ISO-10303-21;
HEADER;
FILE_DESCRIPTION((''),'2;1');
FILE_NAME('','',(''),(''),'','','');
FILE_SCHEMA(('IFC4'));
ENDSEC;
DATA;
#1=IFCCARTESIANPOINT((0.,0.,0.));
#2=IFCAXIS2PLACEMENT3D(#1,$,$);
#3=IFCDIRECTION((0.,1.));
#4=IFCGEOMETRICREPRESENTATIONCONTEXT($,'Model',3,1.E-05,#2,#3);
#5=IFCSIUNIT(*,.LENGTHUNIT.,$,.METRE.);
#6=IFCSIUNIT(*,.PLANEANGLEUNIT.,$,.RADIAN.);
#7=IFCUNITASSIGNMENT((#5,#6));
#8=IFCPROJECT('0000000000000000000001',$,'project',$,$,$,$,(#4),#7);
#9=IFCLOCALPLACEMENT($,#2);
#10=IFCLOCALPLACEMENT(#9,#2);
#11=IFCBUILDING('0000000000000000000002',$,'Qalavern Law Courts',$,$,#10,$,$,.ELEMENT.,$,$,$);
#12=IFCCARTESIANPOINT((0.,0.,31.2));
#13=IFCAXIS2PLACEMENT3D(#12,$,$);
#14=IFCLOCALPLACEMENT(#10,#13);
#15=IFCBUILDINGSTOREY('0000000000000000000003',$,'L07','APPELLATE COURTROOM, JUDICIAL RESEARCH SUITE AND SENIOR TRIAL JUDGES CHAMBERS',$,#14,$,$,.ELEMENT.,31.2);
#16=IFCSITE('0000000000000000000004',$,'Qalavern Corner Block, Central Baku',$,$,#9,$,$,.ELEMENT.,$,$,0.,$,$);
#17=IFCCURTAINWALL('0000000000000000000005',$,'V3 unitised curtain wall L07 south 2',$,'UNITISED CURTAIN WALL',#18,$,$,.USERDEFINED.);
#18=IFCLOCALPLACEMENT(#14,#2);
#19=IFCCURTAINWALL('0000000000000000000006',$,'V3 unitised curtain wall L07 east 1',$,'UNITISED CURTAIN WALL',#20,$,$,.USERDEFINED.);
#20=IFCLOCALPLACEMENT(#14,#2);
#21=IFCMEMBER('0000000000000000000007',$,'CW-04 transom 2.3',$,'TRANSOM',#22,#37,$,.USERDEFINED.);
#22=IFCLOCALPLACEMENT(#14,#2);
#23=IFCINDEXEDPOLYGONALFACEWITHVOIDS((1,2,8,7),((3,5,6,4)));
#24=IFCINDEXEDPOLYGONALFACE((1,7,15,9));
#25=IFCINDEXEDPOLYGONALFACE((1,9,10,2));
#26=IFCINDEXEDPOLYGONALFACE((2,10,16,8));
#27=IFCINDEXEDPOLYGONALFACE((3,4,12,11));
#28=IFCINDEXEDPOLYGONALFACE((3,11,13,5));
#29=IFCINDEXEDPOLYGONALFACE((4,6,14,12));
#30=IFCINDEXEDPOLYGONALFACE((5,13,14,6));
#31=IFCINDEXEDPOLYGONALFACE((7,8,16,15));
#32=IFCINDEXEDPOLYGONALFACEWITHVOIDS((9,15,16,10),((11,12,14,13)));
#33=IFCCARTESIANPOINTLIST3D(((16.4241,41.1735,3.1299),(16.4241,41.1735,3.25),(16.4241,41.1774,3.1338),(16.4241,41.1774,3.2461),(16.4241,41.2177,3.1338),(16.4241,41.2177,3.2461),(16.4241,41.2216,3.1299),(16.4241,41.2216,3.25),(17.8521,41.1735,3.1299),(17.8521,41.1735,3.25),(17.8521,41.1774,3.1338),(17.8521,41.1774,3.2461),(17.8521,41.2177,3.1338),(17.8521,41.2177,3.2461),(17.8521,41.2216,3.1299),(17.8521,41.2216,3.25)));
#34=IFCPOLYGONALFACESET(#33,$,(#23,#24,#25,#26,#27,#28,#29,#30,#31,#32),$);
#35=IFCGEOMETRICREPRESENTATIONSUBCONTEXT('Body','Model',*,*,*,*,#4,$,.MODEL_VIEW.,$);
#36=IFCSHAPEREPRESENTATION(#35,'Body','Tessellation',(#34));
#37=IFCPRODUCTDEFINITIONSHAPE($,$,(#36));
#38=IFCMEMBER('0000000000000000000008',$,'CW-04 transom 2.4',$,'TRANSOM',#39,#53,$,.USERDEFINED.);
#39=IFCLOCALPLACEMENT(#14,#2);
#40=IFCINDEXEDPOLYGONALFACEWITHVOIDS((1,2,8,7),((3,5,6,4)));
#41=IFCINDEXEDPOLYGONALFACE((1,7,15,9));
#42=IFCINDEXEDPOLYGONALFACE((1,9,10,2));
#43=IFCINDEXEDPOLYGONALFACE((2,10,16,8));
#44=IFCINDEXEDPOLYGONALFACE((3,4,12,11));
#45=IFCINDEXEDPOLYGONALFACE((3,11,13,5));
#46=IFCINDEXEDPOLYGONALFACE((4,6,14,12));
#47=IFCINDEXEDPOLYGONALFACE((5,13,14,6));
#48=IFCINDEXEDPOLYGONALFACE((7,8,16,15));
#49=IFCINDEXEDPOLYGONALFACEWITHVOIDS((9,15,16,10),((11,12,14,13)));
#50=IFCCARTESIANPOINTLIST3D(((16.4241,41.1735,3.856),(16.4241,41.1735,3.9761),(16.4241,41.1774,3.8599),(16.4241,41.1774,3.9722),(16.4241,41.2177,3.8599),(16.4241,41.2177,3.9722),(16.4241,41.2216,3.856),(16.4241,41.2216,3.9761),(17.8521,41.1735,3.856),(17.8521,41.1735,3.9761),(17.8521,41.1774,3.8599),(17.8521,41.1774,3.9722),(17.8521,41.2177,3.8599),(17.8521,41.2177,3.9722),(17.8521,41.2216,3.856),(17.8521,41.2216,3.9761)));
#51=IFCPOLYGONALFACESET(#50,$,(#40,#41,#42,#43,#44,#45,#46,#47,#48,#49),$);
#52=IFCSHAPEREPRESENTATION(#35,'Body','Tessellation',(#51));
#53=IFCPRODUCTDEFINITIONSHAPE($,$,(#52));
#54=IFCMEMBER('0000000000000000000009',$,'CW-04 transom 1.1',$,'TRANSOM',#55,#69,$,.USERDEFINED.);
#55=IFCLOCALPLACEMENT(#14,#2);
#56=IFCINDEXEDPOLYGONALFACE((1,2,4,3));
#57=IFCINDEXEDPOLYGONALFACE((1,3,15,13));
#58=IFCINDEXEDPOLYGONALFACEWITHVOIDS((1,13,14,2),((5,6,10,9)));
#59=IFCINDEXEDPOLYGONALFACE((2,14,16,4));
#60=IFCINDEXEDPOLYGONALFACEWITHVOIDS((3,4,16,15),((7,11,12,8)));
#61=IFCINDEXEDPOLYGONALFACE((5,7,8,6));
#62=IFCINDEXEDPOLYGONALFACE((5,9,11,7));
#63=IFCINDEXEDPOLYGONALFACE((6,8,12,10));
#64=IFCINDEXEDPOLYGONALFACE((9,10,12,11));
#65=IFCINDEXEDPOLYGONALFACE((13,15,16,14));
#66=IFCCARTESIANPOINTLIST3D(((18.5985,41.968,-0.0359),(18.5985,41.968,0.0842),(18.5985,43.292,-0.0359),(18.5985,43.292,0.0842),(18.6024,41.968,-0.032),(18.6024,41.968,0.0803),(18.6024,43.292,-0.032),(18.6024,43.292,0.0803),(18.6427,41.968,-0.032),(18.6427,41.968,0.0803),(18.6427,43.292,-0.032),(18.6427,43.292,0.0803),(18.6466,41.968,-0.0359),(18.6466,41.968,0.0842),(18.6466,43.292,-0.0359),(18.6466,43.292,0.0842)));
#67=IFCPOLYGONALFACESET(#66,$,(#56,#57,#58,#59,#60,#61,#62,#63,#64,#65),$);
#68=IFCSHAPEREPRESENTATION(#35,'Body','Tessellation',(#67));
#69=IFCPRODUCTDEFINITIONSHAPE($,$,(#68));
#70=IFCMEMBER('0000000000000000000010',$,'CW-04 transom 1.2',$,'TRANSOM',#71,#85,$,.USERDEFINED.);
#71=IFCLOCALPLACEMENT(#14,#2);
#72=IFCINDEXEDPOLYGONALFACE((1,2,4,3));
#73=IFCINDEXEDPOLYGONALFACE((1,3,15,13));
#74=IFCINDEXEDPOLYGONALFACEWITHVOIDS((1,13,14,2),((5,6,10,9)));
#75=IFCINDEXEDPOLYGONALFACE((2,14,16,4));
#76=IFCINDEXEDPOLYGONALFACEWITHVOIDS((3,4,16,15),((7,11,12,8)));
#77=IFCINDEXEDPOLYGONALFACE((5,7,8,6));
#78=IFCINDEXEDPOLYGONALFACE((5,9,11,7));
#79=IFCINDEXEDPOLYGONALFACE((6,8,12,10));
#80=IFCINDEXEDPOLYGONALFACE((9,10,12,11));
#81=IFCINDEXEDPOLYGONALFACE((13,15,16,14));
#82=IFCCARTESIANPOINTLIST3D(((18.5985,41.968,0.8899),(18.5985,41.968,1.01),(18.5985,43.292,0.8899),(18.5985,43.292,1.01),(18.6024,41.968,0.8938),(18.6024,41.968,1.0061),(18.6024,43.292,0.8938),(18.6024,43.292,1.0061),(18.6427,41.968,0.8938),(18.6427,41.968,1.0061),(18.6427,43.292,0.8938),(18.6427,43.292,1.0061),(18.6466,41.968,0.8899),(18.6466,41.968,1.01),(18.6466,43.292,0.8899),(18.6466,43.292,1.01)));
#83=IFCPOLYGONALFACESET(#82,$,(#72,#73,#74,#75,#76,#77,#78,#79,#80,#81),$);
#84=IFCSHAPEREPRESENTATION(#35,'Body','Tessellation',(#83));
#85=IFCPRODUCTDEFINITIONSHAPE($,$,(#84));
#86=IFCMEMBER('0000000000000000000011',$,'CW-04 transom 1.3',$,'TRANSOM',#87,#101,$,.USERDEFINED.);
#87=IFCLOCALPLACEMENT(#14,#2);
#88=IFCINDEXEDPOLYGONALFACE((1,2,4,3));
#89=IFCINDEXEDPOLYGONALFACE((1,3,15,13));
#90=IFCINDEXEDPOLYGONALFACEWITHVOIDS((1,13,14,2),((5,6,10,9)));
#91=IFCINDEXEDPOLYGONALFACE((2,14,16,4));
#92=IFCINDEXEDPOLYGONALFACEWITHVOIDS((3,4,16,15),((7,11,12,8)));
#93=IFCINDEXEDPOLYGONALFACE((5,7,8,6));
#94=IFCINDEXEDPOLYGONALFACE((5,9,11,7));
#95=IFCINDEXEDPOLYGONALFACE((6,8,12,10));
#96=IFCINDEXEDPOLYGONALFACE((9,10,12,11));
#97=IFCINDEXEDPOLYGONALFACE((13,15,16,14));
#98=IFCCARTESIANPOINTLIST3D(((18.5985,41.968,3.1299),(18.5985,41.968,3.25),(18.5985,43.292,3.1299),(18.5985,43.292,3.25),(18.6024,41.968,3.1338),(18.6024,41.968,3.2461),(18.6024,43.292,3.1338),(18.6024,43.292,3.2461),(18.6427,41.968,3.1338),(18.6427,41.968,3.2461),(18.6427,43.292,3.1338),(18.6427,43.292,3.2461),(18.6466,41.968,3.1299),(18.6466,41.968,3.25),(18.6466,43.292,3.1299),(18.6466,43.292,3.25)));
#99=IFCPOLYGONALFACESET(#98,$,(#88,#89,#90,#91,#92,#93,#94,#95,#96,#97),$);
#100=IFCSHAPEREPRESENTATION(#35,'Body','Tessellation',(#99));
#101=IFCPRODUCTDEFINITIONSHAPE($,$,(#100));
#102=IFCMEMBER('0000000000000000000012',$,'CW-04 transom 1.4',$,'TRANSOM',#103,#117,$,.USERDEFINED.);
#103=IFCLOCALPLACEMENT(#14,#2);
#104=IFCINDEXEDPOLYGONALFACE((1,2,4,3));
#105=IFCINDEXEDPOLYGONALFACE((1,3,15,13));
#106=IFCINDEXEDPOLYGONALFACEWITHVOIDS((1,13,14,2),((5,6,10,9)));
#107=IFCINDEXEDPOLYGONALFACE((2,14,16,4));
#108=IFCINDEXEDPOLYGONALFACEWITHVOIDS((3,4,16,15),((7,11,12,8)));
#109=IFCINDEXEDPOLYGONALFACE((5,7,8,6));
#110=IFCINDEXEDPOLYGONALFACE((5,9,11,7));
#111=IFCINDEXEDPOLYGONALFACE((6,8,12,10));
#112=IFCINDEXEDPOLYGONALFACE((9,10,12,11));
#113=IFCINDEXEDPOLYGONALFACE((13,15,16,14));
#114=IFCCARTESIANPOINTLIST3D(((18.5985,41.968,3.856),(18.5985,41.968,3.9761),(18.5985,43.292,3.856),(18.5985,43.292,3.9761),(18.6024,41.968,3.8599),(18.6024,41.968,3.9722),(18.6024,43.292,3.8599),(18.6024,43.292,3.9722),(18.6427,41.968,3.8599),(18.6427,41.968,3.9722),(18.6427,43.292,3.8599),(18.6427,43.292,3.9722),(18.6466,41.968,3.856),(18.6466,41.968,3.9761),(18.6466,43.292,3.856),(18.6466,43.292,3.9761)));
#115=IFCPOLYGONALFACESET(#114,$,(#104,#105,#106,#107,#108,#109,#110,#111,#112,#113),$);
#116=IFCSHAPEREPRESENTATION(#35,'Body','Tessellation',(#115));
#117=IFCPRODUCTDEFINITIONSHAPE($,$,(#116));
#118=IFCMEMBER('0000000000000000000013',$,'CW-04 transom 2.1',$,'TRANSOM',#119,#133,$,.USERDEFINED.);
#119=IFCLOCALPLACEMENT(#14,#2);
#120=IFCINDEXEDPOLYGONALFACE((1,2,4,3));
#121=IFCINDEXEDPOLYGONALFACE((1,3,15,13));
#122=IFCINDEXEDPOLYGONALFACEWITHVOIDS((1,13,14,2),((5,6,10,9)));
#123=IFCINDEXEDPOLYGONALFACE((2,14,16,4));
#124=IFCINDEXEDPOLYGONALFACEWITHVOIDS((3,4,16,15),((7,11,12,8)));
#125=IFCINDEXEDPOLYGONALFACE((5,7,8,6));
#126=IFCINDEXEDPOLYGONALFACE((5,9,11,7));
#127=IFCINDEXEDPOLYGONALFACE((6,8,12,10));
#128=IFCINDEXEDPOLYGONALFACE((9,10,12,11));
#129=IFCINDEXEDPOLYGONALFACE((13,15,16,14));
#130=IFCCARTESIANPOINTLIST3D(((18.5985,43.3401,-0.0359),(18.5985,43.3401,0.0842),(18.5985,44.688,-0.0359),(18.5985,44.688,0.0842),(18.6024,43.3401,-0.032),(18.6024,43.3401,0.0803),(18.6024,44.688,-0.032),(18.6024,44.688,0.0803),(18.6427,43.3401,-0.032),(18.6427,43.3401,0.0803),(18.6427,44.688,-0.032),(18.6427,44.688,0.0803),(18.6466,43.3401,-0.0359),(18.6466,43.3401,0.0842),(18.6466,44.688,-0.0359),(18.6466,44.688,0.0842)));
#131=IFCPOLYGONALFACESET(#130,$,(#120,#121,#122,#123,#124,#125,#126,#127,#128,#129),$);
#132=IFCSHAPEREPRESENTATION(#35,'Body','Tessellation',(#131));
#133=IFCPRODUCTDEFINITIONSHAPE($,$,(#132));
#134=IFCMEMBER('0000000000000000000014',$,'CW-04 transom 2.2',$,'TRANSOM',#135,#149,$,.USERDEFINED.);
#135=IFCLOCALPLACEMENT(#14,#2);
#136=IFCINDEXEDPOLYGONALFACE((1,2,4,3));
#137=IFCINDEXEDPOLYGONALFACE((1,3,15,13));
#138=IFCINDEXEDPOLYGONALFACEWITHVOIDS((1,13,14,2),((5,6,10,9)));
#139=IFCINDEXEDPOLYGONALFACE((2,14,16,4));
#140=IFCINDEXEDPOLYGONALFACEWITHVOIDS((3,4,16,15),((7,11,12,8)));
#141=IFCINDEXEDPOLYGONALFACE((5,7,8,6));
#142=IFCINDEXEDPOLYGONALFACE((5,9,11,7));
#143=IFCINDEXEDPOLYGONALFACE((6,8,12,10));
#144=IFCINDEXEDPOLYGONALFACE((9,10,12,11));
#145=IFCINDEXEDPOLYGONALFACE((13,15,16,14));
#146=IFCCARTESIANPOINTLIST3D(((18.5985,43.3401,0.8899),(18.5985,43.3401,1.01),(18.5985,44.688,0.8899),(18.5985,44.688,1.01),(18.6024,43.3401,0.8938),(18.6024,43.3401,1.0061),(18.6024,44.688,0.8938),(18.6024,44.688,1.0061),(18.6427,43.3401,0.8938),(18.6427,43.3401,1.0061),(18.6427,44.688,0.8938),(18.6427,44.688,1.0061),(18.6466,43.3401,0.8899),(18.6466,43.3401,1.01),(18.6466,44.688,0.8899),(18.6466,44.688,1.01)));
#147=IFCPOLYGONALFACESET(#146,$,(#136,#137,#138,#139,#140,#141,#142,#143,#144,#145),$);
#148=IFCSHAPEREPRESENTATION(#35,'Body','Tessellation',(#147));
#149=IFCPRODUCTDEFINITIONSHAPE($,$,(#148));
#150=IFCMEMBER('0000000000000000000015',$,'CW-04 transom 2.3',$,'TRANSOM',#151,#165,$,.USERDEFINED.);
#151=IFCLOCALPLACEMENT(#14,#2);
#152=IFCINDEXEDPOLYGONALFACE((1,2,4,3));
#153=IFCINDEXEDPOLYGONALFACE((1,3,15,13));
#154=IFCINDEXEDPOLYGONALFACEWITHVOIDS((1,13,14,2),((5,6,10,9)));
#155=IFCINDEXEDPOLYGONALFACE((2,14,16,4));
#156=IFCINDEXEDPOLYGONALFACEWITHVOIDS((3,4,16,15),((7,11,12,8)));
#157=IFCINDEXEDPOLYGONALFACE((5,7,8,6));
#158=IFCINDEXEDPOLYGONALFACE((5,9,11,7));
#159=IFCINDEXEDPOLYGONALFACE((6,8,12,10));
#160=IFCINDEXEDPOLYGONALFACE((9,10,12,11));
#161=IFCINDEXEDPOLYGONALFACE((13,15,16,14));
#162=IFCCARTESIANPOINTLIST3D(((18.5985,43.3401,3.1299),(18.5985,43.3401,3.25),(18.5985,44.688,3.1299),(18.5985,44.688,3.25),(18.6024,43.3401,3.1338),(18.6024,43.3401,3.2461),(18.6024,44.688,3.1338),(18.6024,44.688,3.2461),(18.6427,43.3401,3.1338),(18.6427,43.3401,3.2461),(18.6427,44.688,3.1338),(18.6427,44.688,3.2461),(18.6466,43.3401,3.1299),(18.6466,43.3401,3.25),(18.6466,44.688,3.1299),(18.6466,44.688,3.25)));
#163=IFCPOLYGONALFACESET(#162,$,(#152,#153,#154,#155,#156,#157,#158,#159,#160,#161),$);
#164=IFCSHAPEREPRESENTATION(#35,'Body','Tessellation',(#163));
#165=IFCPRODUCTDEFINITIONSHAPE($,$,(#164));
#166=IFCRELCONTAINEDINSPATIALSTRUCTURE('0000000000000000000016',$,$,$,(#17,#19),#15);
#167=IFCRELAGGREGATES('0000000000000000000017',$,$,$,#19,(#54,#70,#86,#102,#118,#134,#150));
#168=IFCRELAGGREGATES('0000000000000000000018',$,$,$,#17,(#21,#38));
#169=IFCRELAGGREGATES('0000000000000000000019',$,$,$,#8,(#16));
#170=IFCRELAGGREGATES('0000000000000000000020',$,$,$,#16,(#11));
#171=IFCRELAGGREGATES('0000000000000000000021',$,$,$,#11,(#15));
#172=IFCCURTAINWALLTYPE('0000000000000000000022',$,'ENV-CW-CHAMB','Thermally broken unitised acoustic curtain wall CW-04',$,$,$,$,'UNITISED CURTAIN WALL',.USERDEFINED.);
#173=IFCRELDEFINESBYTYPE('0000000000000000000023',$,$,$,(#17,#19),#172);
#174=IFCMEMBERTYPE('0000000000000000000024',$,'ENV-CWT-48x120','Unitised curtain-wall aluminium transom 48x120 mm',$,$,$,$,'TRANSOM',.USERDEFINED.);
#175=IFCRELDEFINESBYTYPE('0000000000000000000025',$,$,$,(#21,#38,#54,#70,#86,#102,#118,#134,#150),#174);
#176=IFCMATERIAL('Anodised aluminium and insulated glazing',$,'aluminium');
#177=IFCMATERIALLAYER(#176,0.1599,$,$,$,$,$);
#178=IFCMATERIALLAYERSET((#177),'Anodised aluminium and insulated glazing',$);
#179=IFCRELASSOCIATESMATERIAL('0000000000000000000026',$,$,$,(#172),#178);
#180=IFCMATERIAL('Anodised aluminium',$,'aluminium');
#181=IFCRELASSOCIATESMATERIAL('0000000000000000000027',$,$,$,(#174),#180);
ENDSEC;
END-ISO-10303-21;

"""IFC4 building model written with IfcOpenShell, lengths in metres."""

from ifc_helpers import new_model, si_unit, direction, frame, origin, origin_2d, place, context, subcontext, project, spatial, hollow_rectangle, extrude, material, layer, layer_set, material_profile, profile_set, type_object, element, aggregate, save


model = new_model("IFC4")

# Units and contexts
model_context = context("Model", 3, precision=1e-05, world=origin(), true_north=direction((0.0, 1.0)))
body_context = subcontext(model_context, "Body", "Model", "MODEL_VIEW")
ifc_project = project(units=[si_unit("LENGTHUNIT", "METRE"), si_unit("PLANEANGLEUNIT", "RADIAN")], contexts=[model_context])

# Site, building, storey
site_placement = place(None, origin())
site = spatial("IfcSite", under=ifc_project, at=site_placement, Name="Qalavern Corner Block, Central Baku", CompositionType="ELEMENT", RefElevation=0.0)
building_placement = place(site_placement, origin())
building = spatial("IfcBuilding", under=site, at=building_placement, Name="Qalavern Law Courts", CompositionType="ELEMENT")
storey_placement = place(building_placement, frame((0.0, 0.0, 31.2)))
storey = spatial("IfcBuildingStorey", under=building, at=storey_placement, Name="L07", Description="APPELLATE COURTROOM, JUDICIAL RESEARCH SUITE AND SENIOR TRIAL JUDGES CHAMBERS", CompositionType="ELEMENT", Elevation=31.2)

# Curtain walls
ifc_material_1 = material(Name="Anodised aluminium and insulated glazing", Category="aluminium")
ifc_layer_1 = layer(ifc_material_1, 0.1599)
ifc_layer_set_1 = layer_set([ifc_layer_1], Name="Anodised aluminium and insulated glazing")
curtain_wall_type = type_object("IfcCurtainWallType", Name="ENV-CW-CHAMB", Description="Thermally broken unitised acoustic curtain wall CW-04", ElementType="UNITISED CURTAIN WALL", PredefinedType="USERDEFINED", material=ifc_layer_set_1)
curtain_wall_1_placement = place(storey_placement, origin())
curtain_wall_1 = element("IfcCurtainWall", 1, at=curtain_wall_1_placement, inside=storey, type_object=curtain_wall_type, Name="V3 unitised curtain wall L07 south 2", ObjectType="UNITISED CURTAIN WALL", PredefinedType="USERDEFINED")
ifc_material_2 = material(Name="Anodised aluminium", Category="aluminium")
curtain_wall_2_placement = place(storey_placement, origin())
curtain_wall_2 = element("IfcCurtainWall", 2, at=curtain_wall_2_placement, inside=storey, type_object=curtain_wall_type, Name="V3 unitised curtain wall L07 east 1", ObjectType="UNITISED CURTAIN WALL", PredefinedType="USERDEFINED")

# Members
ifc_material_profile_1 = material_profile(ifc_material_2, hollow_rectangle(XDim=0.0481, YDim=0.1201, WallThickness=0.0039, at=origin_2d()), Name="ALU TRANSOM 48x120")
ifc_profile_set_1 = profile_set([ifc_material_profile_1], Name="Anodised aluminium")
member_type_1 = type_object("IfcMemberType", Name="ENV-CWT-48x120", Description="Unitised curtain-wall aluminium transom 48x120 mm", ElementType="TRANSOM", PredefinedType="USERDEFINED", material=ifc_profile_set_1)
member_1_placement = place(storey_placement, frame((16.4241, 41.1975, 3.1899), z_axis=(1.0, 0.0, 0.0), x_axis=(0.0, 1.0, 0.0)))
member_1 = element("IfcMember", 3, at=member_1_placement, type_object=member_type_1, Name="CW-04 transom 2.3", ObjectType="TRANSOM", PredefinedType="USERDEFINED", context=body_context, shape_type="SweptSolid", body=[
    extrude(hollow_rectangle(XDim=0.0481, YDim=0.1201, WallThickness=0.0039, at=origin_2d()), origin(), (0.0, 0.0, 1.0), 1.428),
])
member_2_placement = place(storey_placement, frame((16.4241, 41.1975, 3.916), z_axis=(1.0, 0.0, 0.0), x_axis=(0.0, 1.0, 0.0)))
member_2 = element("IfcMember", 4, at=member_2_placement, type_object=member_type_1, Name="CW-04 transom 2.4", ObjectType="TRANSOM", PredefinedType="USERDEFINED", context=body_context, shape_type="SweptSolid", body=[
    extrude(hollow_rectangle(XDim=0.0481, YDim=0.1201, WallThickness=0.0039, at=origin_2d()), origin(), (0.0, 0.0, 1.0), 1.428),
])
member_3_placement = place(storey_placement, frame((18.6226, 41.968, 0.0242), z_axis=(0.0, 1.0, 0.0), x_axis=(-1.0, 0.0, 0.0)))
member_3 = element("IfcMember", 5, at=member_3_placement, type_object=member_type_1, Name="CW-04 transom 1.1", ObjectType="TRANSOM", PredefinedType="USERDEFINED", context=body_context, shape_type="SweptSolid", body=[
    extrude(hollow_rectangle(XDim=0.0481, YDim=0.1201, WallThickness=0.0039, at=origin_2d()), origin(), (0.0, 0.0, 1.0), 1.324),
])
member_4_placement = place(storey_placement, frame((18.6226, 41.968, 0.95), z_axis=(0.0, 1.0, 0.0), x_axis=(-1.0, 0.0, 0.0)))
member_4 = element("IfcMember", 6, at=member_4_placement, type_object=member_type_1, Name="CW-04 transom 1.2", ObjectType="TRANSOM", PredefinedType="USERDEFINED", context=body_context, shape_type="SweptSolid", body=[
    extrude(hollow_rectangle(XDim=0.0481, YDim=0.1201, WallThickness=0.0039, at=origin_2d()), origin(), (0.0, 0.0, 1.0), 1.324),
])
member_5_placement = place(storey_placement, frame((18.6226, 41.968, 3.1899), z_axis=(0.0, 1.0, 0.0), x_axis=(-1.0, 0.0, 0.0)))
member_5 = element("IfcMember", 7, at=member_5_placement, type_object=member_type_1, Name="CW-04 transom 1.3", ObjectType="TRANSOM", PredefinedType="USERDEFINED", context=body_context, shape_type="SweptSolid", body=[
    extrude(hollow_rectangle(XDim=0.0481, YDim=0.1201, WallThickness=0.0039, at=origin_2d()), origin(), (0.0, 0.0, 1.0), 1.324),
])
member_6_placement = place(storey_placement, frame((18.6226, 41.968, 3.916), z_axis=(0.0, 1.0, 0.0), x_axis=(-1.0, 0.0, 0.0)))
member_6 = element("IfcMember", 8, at=member_6_placement, type_object=member_type_1, Name="CW-04 transom 1.4", ObjectType="TRANSOM", PredefinedType="USERDEFINED", context=body_context, shape_type="SweptSolid", body=[
    extrude(hollow_rectangle(XDim=0.0481, YDim=0.1201, WallThickness=0.0039, at=origin_2d()), origin(), (0.0, 0.0, 1.0), 1.324),
])
member_7_placement = place(storey_placement, frame((18.6226, 43.3401, 0.0242), z_axis=(0.0, 1.0, 0.0), x_axis=(-1.0, 0.0, 0.0)))
member_7 = element("IfcMember", 9, at=member_7_placement, type_object=member_type_1, Name="CW-04 transom 2.1", ObjectType="TRANSOM", PredefinedType="USERDEFINED", context=body_context, shape_type="SweptSolid", body=[
    extrude(hollow_rectangle(XDim=0.0481, YDim=0.1201, WallThickness=0.0039, at=origin_2d()), origin(), (0.0, 0.0, 1.0), 1.3479),
])
member_8_placement = place(storey_placement, frame((18.6226, 43.3401, 0.95), z_axis=(0.0, 1.0, 0.0), x_axis=(-1.0, 0.0, 0.0)))
member_8 = element("IfcMember", 10, at=member_8_placement, type_object=member_type_1, Name="CW-04 transom 2.2", ObjectType="TRANSOM", PredefinedType="USERDEFINED", context=body_context, shape_type="SweptSolid", body=[
    extrude(hollow_rectangle(XDim=0.0481, YDim=0.1201, WallThickness=0.0039, at=origin_2d()), origin(), (0.0, 0.0, 1.0), 1.3479),
])
member_9_placement = place(storey_placement, frame((18.6226, 43.3401, 3.1899), z_axis=(0.0, 1.0, 0.0), x_axis=(-1.0, 0.0, 0.0)))
member_9 = element("IfcMember", 11, at=member_9_placement, type_object=member_type_1, Name="CW-04 transom 2.3", ObjectType="TRANSOM", PredefinedType="USERDEFINED", context=body_context, shape_type="SweptSolid", body=[
    extrude(hollow_rectangle(XDim=0.0481, YDim=0.1201, WallThickness=0.0039, at=origin_2d()), origin(), (0.0, 0.0, 1.0), 1.3479),
])

aggregate(curtain_wall_2, [member_3, member_4, member_5, member_6, member_7, member_8, member_9])
aggregate(curtain_wall_1, [member_1, member_2])

save(model, "model.ifc")
